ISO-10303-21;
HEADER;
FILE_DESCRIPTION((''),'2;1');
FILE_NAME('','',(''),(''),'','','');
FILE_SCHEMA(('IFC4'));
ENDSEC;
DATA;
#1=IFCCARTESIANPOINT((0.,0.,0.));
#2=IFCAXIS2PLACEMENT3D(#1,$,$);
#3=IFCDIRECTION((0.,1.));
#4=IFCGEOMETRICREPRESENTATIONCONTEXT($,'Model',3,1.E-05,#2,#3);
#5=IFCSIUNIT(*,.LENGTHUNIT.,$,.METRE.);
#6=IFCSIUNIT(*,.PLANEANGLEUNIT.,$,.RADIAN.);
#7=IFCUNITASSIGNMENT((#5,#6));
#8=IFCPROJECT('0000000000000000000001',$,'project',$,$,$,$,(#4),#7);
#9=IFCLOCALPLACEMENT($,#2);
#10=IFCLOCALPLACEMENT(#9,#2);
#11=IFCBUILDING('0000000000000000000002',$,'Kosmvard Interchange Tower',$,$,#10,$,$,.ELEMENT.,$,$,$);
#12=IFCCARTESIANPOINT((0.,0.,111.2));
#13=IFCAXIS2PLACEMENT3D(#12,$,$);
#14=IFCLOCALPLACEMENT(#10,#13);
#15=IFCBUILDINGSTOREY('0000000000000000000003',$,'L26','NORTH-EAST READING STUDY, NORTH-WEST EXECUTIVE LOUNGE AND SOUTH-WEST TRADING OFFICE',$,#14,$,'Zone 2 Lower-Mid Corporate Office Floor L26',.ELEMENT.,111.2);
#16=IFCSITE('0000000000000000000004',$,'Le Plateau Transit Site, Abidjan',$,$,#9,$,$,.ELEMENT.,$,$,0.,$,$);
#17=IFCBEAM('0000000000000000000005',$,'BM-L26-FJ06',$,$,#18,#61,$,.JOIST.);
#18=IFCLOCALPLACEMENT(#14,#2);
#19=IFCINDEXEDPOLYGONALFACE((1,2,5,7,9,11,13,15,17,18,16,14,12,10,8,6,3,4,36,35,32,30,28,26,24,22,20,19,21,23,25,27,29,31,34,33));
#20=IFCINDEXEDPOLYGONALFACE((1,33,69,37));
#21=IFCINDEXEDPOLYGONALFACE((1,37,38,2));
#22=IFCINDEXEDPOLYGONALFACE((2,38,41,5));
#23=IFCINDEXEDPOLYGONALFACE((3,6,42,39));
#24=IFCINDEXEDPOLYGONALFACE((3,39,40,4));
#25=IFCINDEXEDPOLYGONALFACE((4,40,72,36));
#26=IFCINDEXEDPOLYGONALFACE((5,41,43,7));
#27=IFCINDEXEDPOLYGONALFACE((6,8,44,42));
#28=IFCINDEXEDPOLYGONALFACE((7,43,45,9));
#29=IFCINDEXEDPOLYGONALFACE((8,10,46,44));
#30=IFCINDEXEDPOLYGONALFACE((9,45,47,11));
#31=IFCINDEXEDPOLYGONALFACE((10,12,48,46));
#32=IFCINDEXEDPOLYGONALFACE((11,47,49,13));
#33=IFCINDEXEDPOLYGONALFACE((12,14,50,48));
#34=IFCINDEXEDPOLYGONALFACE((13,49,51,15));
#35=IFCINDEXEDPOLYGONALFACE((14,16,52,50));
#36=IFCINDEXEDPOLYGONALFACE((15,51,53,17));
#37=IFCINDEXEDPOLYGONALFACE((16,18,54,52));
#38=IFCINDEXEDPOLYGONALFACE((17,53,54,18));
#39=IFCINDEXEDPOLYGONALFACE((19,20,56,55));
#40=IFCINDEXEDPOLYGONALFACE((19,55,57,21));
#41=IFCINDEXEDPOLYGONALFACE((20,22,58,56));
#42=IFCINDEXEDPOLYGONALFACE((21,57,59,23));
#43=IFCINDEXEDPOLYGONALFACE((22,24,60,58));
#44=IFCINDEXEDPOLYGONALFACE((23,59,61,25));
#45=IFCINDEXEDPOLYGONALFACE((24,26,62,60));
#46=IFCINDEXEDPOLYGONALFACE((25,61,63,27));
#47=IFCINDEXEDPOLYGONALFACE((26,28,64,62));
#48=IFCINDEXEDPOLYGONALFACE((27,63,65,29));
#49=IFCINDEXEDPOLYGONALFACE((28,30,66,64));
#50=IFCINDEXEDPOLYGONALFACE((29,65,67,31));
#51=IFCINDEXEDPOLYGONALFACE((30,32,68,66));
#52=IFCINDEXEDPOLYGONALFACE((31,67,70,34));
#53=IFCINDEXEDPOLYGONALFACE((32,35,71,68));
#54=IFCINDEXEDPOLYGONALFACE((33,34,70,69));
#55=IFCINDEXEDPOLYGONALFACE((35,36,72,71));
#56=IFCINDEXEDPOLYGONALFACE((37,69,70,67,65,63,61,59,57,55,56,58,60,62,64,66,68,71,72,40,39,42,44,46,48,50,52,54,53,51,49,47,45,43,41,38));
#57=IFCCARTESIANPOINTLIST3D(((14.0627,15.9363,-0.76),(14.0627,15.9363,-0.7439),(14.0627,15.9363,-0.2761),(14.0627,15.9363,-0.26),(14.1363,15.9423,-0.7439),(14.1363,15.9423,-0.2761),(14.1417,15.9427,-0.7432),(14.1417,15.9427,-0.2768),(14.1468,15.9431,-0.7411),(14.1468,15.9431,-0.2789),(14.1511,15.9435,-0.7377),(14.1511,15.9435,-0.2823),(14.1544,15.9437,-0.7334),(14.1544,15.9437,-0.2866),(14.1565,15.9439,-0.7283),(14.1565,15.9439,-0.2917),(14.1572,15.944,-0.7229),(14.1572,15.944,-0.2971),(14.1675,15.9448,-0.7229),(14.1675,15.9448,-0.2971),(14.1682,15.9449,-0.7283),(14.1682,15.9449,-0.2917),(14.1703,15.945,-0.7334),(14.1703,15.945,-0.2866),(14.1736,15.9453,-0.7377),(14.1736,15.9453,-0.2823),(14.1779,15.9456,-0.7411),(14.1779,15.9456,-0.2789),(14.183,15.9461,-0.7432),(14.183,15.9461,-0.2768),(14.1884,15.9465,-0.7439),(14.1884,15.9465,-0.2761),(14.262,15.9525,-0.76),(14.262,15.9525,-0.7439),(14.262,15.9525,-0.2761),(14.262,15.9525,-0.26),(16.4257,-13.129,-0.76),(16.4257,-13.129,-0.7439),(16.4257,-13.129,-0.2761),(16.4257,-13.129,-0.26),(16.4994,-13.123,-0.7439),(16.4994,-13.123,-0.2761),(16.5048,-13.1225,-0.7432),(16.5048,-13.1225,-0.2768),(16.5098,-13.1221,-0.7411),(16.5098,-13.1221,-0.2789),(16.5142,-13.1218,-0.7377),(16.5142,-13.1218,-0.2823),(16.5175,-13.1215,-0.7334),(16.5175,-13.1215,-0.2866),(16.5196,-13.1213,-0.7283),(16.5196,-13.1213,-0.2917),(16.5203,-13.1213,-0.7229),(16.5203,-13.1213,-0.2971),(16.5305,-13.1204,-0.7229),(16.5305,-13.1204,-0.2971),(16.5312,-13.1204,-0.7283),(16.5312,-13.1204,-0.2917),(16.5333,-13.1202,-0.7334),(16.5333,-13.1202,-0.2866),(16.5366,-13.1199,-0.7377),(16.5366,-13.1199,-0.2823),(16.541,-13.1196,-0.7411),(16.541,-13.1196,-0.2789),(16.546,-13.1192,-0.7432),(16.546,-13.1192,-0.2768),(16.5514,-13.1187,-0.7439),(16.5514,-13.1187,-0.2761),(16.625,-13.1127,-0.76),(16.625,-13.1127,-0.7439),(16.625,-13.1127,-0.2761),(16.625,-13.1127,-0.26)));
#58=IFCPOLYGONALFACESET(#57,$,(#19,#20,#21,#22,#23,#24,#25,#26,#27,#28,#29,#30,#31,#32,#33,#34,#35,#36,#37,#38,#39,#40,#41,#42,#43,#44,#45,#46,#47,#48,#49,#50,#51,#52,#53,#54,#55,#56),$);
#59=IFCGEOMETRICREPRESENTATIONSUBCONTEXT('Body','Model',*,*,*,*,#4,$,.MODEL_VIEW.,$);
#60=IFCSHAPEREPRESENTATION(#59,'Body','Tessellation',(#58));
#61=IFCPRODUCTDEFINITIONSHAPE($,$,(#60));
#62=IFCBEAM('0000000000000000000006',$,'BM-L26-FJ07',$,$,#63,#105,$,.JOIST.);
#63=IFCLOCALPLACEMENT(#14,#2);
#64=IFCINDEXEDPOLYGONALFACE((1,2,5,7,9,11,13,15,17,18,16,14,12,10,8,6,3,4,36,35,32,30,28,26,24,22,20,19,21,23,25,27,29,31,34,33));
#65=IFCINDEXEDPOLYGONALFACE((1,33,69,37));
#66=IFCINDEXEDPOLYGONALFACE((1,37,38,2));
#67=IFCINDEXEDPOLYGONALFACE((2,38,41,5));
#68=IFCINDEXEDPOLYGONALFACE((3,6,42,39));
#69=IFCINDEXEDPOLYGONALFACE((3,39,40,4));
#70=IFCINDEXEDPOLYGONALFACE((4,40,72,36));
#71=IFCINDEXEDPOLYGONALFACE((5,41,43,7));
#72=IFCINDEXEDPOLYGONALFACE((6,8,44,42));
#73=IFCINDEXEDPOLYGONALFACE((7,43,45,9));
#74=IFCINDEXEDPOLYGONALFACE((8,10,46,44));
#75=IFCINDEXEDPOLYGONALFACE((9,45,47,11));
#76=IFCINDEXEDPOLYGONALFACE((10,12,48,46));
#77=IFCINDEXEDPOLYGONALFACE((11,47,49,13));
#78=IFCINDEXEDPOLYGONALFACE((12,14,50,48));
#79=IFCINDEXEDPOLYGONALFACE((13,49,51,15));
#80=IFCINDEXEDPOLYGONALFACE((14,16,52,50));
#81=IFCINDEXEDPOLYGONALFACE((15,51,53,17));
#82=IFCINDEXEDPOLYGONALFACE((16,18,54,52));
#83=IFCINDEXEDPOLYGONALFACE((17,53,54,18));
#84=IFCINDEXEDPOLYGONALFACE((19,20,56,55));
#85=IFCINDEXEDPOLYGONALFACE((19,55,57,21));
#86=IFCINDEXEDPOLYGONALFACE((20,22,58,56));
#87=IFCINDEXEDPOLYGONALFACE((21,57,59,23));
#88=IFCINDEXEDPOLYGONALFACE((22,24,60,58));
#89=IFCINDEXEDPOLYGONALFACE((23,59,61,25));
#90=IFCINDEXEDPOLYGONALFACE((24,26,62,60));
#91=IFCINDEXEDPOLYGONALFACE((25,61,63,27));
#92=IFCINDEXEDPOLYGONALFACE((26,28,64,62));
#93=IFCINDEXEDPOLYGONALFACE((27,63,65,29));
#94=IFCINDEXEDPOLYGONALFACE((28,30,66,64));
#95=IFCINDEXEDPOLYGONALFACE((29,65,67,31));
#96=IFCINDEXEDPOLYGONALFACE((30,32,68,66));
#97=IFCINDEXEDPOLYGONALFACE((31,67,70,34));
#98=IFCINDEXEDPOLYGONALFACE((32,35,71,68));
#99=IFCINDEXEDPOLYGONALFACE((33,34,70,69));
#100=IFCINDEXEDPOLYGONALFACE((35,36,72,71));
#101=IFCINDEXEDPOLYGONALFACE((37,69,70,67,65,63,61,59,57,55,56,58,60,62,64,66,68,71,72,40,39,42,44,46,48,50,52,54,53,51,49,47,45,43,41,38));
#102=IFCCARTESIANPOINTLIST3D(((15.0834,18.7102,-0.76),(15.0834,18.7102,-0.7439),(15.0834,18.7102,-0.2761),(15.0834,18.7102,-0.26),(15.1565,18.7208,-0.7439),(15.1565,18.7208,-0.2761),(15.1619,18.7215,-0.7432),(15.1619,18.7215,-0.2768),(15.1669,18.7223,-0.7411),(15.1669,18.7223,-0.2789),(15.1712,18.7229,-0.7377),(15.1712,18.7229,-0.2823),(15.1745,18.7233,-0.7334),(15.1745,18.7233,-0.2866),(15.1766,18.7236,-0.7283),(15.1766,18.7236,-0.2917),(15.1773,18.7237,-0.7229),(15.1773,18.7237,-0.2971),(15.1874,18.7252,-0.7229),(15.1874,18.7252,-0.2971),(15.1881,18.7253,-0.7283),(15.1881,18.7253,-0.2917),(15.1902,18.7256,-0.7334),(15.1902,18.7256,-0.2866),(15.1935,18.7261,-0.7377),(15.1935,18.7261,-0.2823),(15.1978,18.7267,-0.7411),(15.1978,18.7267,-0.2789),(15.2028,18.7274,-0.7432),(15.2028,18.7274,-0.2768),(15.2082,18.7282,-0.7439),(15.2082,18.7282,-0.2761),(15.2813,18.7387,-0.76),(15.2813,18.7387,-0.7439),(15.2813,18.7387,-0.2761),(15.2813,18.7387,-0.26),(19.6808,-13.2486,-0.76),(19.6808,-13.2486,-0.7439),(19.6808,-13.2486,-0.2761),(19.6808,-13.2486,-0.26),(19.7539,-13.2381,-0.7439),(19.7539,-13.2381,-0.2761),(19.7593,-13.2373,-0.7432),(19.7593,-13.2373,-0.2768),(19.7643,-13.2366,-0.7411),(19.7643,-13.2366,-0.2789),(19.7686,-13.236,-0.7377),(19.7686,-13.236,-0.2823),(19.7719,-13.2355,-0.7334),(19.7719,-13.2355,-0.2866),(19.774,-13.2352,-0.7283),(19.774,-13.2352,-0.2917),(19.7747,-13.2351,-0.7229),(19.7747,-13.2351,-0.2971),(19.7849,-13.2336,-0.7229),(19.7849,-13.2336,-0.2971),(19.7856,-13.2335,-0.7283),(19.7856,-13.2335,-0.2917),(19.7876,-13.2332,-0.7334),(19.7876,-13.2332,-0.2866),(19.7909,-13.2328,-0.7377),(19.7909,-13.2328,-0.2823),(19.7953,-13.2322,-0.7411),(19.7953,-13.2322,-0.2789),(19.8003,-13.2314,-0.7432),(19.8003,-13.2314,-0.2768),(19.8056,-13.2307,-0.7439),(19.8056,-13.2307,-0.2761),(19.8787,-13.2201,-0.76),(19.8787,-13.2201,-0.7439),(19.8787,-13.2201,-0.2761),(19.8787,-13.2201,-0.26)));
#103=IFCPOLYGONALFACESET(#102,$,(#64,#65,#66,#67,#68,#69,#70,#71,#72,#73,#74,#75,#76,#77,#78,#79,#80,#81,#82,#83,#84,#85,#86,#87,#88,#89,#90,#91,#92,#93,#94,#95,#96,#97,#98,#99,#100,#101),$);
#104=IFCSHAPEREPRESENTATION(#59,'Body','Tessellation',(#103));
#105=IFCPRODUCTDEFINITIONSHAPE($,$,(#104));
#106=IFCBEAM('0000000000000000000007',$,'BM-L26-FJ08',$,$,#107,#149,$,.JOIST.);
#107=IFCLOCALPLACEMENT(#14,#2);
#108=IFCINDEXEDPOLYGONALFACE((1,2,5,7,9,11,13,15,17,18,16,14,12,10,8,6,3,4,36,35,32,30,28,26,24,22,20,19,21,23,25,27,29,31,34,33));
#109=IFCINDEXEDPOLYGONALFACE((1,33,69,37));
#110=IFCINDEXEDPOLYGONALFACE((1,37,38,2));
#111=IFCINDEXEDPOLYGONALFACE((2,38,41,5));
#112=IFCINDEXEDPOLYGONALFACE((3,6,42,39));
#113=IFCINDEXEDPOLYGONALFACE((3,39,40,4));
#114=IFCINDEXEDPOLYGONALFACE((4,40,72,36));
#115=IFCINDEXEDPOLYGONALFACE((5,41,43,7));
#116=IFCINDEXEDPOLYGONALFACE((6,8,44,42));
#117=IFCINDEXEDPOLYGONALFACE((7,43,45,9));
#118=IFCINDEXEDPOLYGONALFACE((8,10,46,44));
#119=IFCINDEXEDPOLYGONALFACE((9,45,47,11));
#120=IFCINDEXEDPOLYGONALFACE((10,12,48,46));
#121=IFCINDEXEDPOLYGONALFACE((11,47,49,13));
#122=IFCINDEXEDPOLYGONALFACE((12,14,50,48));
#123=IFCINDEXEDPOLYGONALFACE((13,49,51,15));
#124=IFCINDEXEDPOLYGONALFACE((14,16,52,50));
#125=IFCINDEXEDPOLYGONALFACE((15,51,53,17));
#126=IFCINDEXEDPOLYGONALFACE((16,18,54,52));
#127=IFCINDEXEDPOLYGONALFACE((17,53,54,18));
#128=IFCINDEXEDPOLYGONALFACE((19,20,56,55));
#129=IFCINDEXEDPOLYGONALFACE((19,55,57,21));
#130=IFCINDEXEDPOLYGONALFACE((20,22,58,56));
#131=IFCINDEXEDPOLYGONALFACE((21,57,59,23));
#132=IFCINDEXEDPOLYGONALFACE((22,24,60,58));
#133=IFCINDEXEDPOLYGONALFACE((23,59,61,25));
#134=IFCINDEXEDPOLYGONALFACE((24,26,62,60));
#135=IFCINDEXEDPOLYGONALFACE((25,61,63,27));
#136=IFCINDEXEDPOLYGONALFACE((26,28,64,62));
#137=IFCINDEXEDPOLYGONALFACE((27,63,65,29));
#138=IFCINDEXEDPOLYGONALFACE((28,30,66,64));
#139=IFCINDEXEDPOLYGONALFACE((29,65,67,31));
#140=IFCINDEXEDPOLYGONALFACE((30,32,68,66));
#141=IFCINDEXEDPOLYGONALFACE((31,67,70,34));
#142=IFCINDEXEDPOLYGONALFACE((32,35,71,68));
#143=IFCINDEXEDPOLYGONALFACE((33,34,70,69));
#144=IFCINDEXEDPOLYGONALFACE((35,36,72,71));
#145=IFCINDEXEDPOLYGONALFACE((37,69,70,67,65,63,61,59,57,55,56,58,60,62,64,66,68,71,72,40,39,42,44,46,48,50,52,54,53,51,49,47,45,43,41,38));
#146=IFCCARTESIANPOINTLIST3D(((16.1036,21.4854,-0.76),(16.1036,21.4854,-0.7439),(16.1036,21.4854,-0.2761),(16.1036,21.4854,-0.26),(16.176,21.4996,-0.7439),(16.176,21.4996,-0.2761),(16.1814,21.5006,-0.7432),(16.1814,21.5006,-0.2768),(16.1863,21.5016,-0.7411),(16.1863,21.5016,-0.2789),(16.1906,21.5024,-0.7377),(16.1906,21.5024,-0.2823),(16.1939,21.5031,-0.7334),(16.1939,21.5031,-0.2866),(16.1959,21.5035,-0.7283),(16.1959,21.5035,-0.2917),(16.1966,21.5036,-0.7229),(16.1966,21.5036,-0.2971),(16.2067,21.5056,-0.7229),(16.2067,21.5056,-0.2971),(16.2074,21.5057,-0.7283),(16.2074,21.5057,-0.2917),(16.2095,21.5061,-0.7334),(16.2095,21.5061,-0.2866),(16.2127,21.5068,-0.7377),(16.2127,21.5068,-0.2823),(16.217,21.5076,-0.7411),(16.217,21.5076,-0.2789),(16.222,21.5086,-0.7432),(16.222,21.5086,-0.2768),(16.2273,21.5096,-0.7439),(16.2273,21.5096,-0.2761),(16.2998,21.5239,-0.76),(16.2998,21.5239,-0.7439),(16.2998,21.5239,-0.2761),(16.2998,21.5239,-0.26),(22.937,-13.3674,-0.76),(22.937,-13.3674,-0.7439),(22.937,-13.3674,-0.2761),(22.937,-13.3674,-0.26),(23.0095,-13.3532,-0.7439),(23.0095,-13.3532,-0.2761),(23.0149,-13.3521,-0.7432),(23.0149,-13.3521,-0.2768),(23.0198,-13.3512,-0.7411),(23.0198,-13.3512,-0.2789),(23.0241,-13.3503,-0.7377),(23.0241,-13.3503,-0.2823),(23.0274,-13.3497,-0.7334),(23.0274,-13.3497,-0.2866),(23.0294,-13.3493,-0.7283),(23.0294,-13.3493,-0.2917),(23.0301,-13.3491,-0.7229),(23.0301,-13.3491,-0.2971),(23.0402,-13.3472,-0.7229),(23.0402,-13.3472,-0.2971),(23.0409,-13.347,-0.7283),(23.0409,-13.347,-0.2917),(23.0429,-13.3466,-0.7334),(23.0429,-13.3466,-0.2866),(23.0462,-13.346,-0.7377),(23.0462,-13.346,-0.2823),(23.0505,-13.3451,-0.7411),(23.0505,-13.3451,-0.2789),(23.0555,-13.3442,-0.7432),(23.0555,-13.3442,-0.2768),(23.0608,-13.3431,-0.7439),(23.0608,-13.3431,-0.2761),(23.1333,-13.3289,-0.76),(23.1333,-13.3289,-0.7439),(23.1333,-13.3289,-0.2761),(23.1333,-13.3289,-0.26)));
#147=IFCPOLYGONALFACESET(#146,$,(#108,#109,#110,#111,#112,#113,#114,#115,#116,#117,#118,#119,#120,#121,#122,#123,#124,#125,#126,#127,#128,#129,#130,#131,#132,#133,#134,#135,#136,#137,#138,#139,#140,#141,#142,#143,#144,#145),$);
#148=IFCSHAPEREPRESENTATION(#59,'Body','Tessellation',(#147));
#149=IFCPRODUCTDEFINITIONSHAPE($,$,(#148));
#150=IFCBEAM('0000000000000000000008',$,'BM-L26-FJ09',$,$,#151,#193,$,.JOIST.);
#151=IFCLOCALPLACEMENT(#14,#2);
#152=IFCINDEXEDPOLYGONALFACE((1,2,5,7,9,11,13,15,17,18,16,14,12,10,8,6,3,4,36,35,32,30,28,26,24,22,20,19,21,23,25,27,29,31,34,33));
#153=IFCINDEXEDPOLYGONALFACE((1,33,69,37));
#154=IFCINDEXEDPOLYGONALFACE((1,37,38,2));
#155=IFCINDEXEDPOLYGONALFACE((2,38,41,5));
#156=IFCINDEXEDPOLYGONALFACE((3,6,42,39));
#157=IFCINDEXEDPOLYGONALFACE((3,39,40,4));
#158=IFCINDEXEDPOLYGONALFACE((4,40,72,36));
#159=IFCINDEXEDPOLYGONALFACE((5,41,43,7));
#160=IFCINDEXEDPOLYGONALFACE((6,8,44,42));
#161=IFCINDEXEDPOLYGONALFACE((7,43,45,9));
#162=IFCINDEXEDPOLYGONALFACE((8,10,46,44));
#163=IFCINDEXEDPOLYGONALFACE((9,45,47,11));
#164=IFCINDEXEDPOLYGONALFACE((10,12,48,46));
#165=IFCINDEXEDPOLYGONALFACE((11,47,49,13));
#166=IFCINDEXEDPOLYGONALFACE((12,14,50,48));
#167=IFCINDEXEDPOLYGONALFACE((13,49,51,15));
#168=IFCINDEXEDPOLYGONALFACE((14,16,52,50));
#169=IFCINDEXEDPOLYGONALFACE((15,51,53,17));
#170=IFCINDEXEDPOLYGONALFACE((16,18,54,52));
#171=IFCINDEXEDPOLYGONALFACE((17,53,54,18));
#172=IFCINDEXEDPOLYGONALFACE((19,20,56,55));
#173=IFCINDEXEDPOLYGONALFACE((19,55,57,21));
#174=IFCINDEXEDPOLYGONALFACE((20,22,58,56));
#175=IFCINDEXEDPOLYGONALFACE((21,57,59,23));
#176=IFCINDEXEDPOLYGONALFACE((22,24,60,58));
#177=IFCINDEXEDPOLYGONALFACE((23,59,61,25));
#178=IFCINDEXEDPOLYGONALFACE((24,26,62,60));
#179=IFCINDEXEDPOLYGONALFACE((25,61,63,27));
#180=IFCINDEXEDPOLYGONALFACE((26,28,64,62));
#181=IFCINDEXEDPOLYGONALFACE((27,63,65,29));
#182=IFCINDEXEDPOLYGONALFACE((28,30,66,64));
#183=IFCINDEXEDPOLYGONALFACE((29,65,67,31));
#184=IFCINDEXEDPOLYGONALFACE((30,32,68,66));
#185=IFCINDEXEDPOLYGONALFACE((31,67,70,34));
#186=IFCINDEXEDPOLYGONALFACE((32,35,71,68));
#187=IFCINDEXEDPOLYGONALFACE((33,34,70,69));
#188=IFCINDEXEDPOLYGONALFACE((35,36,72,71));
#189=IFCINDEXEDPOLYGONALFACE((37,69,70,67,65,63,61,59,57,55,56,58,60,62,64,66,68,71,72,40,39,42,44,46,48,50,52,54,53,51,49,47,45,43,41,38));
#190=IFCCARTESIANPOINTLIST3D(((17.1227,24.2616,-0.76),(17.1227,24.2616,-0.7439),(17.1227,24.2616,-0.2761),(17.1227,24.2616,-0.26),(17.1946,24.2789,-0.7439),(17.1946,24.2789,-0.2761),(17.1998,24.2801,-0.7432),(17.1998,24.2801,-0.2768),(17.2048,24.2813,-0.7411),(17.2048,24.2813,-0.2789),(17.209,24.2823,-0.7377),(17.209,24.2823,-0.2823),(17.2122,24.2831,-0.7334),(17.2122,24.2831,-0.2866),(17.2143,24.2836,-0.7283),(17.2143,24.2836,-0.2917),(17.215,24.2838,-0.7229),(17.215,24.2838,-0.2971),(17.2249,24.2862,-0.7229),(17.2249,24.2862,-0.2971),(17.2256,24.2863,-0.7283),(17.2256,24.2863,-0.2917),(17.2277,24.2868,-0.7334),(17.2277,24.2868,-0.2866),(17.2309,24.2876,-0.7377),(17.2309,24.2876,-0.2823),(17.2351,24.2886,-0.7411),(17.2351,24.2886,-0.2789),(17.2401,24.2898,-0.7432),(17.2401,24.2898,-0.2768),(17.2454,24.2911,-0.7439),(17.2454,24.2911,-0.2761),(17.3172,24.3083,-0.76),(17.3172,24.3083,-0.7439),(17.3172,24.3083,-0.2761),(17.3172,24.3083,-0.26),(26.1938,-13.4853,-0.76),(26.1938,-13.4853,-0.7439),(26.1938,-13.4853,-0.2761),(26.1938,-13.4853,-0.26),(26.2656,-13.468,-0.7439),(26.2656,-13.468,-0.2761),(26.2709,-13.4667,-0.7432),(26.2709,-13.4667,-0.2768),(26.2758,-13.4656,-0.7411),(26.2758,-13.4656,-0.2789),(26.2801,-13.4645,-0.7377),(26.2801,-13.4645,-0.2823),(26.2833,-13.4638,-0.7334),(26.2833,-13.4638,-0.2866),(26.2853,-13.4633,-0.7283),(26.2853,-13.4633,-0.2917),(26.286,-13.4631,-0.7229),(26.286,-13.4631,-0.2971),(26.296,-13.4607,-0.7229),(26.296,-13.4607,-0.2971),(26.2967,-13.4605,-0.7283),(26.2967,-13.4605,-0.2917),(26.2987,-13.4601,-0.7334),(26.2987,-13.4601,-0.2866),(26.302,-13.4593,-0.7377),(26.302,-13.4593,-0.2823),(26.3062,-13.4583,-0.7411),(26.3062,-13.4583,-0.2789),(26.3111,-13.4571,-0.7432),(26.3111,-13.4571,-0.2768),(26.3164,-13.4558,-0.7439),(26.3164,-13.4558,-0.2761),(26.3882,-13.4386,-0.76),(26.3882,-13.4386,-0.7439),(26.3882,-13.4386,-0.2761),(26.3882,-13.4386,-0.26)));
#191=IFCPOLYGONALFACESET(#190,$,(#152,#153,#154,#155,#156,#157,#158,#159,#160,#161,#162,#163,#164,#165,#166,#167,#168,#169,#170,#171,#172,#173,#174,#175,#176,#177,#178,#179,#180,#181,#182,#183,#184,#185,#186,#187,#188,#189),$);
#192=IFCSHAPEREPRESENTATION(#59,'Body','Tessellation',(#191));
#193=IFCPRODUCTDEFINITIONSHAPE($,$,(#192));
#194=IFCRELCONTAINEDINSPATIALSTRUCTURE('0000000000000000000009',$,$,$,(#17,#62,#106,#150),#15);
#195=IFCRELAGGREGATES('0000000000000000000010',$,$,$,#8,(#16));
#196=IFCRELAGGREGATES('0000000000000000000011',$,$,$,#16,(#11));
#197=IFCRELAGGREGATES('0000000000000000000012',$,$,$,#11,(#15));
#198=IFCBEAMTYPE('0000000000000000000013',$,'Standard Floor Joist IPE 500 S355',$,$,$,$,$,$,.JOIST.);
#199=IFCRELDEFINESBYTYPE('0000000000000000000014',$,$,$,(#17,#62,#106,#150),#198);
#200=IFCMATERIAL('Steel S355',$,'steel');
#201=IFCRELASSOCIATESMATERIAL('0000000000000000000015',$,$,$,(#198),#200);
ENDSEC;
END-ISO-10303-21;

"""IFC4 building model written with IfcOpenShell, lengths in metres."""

from ifc_helpers import new_model, si_unit, direction, frame, origin, origin_2d, place, context, subcontext, project, spatial, i_section, extrude, source, transform, mapped, material, material_profile, profile_set, type_object, element, save


model = new_model("IFC4")

# Units and contexts
model_context = context("Model", 3, precision=1e-05, world=origin(), true_north=direction((0.0, 1.0)))
body_context = subcontext(model_context, "Body", "Model", "MODEL_VIEW")
ifc_project = project(units=[si_unit("LENGTHUNIT", "METRE"), si_unit("PLANEANGLEUNIT", "RADIAN")], contexts=[model_context])

# Site, building, storey
site_placement = place(None, origin())
site = spatial("IfcSite", under=ifc_project, at=site_placement, Name="Le Plateau Transit Site, Abidjan", CompositionType="ELEMENT", RefElevation=0.0)
building_placement = place(site_placement, origin())
building = spatial("IfcBuilding", under=site, at=building_placement, Name="Kosmvard Interchange Tower", CompositionType="ELEMENT")
storey_placement = place(building_placement, frame((0.0, 0.0, 111.2)))
storey = spatial("IfcBuildingStorey", under=building, at=storey_placement, Name="L26", Description="NORTH-EAST READING STUDY, NORTH-WEST EXECUTIVE LOUNGE AND SOUTH-WEST TRADING OFFICE", LongName="Zone 2 Lower-Mid Corporate Office Floor L26", CompositionType="ELEMENT", Elevation=111.2)

# Beams
ifc_material_1 = material(Name="Steel S355", Category="steel")
ifc_material_profile_1 = material_profile(ifc_material_1, i_section(OverallWidth=0.2, OverallDepth=0.5, WebThickness=0.0103, FlangeThickness=0.0161, FilletRadius=0.021, at=origin_2d()), Name="IPE 500")
ifc_profile_set_1 = profile_set([ifc_material_profile_1], Name="Steel S355")
beam_type_1 = type_object("IfcBeamType", Name="Standard Floor Joist IPE 500 S355", PredefinedType="JOIST", material=ifc_profile_set_1)
shared_shape_1 = source(origin(), body_context, "Body", "SweptSolid", [
    extrude(i_section(OverallWidth=0.2, OverallDepth=0.5, WebThickness=0.0103, FlangeThickness=0.0161, FilletRadius=0.021, at=origin_2d()), origin(), (0.0, 0.0, 1.0), 29.1611),
])
beam_1_placement = place(storey_placement, frame((16.5254, -13.1208, -0.51), z_axis=(-0.081034, 0.996711, 0.0), x_axis=(-0.996711, -0.081034, 0.0)))
element("IfcBeam", 1, at=beam_1_placement, inside=storey, type_object=beam_type_1, Name="BM-L26-FJ06", PredefinedType="JOIST", context=body_context, shape_type="MappedRepresentation", body=[
    mapped(shared_shape_1, transform((0.0, 0.0, 0.0), scale=1.0)),
])
shared_shape_2 = source(origin(), body_context, "Body", "SweptSolid", [
    extrude(i_section(OverallWidth=0.2, OverallDepth=0.5, WebThickness=0.0103, FlangeThickness=0.0161, FilletRadius=0.021, at=origin_2d()), origin(), (0.0, 0.0, 1.0), 32.2878),
])
beam_2_placement = place(storey_placement, frame((19.7798, -13.2344, -0.51), z_axis=(-0.142389, 0.989811, 0.0), x_axis=(-0.989811, -0.142389, 0.0)))
element("IfcBeam", 2, at=beam_2_placement, inside=storey, type_object=beam_type_1, Name="BM-L26-FJ07", PredefinedType="JOIST", context=body_context, shape_type="MappedRepresentation", body=[
    mapped(shared_shape_2, transform((0.0, 0.0, 0.0), scale=1.0)),
])
shared_shape_3 = source(origin(), body_context, "Body", "SweptSolid", [
    extrude(i_section(OverallWidth=0.2, OverallDepth=0.5, WebThickness=0.0103, FlangeThickness=0.0161, FilletRadius=0.021, at=origin_2d()), origin(), (0.0, 0.0, 1.0), 35.5164),
])
beam_3_placement = place(storey_placement, frame((23.0352, -13.3481, -0.51), z_axis=(-0.192404, 0.981316, 0.0), x_axis=(-0.981316, -0.192404, 0.0)))
element("IfcBeam", 3, at=beam_3_placement, inside=storey, type_object=beam_type_1, Name="BM-L26-FJ08", PredefinedType="JOIST", context=body_context, shape_type="MappedRepresentation", body=[
    mapped(shared_shape_3, transform((0.0, 0.0, 0.0), scale=1.0)),
])
shared_shape_4 = source(origin(), body_context, "Body", "SweptSolid", [
    extrude(i_section(OverallWidth=0.2, OverallDepth=0.5, WebThickness=0.0103, FlangeThickness=0.0161, FilletRadius=0.021, at=origin_2d()), origin(), (0.0, 0.0, 1.0), 38.8215),
])
beam_4_placement = place(storey_placement, frame((26.291, -13.4619, -0.51), z_axis=(-0.233661, 0.972318, 0.0), x_axis=(-0.972318, -0.233661, 0.0)))
element("IfcBeam", 4, at=beam_4_placement, inside=storey, type_object=beam_type_1, Name="BM-L26-FJ09", PredefinedType="JOIST", context=body_context, shape_type="MappedRepresentation", body=[
    mapped(shared_shape_4, transform((0.0, 0.0, 0.0), scale=1.0)),
])

save(model, "model.ifc")
